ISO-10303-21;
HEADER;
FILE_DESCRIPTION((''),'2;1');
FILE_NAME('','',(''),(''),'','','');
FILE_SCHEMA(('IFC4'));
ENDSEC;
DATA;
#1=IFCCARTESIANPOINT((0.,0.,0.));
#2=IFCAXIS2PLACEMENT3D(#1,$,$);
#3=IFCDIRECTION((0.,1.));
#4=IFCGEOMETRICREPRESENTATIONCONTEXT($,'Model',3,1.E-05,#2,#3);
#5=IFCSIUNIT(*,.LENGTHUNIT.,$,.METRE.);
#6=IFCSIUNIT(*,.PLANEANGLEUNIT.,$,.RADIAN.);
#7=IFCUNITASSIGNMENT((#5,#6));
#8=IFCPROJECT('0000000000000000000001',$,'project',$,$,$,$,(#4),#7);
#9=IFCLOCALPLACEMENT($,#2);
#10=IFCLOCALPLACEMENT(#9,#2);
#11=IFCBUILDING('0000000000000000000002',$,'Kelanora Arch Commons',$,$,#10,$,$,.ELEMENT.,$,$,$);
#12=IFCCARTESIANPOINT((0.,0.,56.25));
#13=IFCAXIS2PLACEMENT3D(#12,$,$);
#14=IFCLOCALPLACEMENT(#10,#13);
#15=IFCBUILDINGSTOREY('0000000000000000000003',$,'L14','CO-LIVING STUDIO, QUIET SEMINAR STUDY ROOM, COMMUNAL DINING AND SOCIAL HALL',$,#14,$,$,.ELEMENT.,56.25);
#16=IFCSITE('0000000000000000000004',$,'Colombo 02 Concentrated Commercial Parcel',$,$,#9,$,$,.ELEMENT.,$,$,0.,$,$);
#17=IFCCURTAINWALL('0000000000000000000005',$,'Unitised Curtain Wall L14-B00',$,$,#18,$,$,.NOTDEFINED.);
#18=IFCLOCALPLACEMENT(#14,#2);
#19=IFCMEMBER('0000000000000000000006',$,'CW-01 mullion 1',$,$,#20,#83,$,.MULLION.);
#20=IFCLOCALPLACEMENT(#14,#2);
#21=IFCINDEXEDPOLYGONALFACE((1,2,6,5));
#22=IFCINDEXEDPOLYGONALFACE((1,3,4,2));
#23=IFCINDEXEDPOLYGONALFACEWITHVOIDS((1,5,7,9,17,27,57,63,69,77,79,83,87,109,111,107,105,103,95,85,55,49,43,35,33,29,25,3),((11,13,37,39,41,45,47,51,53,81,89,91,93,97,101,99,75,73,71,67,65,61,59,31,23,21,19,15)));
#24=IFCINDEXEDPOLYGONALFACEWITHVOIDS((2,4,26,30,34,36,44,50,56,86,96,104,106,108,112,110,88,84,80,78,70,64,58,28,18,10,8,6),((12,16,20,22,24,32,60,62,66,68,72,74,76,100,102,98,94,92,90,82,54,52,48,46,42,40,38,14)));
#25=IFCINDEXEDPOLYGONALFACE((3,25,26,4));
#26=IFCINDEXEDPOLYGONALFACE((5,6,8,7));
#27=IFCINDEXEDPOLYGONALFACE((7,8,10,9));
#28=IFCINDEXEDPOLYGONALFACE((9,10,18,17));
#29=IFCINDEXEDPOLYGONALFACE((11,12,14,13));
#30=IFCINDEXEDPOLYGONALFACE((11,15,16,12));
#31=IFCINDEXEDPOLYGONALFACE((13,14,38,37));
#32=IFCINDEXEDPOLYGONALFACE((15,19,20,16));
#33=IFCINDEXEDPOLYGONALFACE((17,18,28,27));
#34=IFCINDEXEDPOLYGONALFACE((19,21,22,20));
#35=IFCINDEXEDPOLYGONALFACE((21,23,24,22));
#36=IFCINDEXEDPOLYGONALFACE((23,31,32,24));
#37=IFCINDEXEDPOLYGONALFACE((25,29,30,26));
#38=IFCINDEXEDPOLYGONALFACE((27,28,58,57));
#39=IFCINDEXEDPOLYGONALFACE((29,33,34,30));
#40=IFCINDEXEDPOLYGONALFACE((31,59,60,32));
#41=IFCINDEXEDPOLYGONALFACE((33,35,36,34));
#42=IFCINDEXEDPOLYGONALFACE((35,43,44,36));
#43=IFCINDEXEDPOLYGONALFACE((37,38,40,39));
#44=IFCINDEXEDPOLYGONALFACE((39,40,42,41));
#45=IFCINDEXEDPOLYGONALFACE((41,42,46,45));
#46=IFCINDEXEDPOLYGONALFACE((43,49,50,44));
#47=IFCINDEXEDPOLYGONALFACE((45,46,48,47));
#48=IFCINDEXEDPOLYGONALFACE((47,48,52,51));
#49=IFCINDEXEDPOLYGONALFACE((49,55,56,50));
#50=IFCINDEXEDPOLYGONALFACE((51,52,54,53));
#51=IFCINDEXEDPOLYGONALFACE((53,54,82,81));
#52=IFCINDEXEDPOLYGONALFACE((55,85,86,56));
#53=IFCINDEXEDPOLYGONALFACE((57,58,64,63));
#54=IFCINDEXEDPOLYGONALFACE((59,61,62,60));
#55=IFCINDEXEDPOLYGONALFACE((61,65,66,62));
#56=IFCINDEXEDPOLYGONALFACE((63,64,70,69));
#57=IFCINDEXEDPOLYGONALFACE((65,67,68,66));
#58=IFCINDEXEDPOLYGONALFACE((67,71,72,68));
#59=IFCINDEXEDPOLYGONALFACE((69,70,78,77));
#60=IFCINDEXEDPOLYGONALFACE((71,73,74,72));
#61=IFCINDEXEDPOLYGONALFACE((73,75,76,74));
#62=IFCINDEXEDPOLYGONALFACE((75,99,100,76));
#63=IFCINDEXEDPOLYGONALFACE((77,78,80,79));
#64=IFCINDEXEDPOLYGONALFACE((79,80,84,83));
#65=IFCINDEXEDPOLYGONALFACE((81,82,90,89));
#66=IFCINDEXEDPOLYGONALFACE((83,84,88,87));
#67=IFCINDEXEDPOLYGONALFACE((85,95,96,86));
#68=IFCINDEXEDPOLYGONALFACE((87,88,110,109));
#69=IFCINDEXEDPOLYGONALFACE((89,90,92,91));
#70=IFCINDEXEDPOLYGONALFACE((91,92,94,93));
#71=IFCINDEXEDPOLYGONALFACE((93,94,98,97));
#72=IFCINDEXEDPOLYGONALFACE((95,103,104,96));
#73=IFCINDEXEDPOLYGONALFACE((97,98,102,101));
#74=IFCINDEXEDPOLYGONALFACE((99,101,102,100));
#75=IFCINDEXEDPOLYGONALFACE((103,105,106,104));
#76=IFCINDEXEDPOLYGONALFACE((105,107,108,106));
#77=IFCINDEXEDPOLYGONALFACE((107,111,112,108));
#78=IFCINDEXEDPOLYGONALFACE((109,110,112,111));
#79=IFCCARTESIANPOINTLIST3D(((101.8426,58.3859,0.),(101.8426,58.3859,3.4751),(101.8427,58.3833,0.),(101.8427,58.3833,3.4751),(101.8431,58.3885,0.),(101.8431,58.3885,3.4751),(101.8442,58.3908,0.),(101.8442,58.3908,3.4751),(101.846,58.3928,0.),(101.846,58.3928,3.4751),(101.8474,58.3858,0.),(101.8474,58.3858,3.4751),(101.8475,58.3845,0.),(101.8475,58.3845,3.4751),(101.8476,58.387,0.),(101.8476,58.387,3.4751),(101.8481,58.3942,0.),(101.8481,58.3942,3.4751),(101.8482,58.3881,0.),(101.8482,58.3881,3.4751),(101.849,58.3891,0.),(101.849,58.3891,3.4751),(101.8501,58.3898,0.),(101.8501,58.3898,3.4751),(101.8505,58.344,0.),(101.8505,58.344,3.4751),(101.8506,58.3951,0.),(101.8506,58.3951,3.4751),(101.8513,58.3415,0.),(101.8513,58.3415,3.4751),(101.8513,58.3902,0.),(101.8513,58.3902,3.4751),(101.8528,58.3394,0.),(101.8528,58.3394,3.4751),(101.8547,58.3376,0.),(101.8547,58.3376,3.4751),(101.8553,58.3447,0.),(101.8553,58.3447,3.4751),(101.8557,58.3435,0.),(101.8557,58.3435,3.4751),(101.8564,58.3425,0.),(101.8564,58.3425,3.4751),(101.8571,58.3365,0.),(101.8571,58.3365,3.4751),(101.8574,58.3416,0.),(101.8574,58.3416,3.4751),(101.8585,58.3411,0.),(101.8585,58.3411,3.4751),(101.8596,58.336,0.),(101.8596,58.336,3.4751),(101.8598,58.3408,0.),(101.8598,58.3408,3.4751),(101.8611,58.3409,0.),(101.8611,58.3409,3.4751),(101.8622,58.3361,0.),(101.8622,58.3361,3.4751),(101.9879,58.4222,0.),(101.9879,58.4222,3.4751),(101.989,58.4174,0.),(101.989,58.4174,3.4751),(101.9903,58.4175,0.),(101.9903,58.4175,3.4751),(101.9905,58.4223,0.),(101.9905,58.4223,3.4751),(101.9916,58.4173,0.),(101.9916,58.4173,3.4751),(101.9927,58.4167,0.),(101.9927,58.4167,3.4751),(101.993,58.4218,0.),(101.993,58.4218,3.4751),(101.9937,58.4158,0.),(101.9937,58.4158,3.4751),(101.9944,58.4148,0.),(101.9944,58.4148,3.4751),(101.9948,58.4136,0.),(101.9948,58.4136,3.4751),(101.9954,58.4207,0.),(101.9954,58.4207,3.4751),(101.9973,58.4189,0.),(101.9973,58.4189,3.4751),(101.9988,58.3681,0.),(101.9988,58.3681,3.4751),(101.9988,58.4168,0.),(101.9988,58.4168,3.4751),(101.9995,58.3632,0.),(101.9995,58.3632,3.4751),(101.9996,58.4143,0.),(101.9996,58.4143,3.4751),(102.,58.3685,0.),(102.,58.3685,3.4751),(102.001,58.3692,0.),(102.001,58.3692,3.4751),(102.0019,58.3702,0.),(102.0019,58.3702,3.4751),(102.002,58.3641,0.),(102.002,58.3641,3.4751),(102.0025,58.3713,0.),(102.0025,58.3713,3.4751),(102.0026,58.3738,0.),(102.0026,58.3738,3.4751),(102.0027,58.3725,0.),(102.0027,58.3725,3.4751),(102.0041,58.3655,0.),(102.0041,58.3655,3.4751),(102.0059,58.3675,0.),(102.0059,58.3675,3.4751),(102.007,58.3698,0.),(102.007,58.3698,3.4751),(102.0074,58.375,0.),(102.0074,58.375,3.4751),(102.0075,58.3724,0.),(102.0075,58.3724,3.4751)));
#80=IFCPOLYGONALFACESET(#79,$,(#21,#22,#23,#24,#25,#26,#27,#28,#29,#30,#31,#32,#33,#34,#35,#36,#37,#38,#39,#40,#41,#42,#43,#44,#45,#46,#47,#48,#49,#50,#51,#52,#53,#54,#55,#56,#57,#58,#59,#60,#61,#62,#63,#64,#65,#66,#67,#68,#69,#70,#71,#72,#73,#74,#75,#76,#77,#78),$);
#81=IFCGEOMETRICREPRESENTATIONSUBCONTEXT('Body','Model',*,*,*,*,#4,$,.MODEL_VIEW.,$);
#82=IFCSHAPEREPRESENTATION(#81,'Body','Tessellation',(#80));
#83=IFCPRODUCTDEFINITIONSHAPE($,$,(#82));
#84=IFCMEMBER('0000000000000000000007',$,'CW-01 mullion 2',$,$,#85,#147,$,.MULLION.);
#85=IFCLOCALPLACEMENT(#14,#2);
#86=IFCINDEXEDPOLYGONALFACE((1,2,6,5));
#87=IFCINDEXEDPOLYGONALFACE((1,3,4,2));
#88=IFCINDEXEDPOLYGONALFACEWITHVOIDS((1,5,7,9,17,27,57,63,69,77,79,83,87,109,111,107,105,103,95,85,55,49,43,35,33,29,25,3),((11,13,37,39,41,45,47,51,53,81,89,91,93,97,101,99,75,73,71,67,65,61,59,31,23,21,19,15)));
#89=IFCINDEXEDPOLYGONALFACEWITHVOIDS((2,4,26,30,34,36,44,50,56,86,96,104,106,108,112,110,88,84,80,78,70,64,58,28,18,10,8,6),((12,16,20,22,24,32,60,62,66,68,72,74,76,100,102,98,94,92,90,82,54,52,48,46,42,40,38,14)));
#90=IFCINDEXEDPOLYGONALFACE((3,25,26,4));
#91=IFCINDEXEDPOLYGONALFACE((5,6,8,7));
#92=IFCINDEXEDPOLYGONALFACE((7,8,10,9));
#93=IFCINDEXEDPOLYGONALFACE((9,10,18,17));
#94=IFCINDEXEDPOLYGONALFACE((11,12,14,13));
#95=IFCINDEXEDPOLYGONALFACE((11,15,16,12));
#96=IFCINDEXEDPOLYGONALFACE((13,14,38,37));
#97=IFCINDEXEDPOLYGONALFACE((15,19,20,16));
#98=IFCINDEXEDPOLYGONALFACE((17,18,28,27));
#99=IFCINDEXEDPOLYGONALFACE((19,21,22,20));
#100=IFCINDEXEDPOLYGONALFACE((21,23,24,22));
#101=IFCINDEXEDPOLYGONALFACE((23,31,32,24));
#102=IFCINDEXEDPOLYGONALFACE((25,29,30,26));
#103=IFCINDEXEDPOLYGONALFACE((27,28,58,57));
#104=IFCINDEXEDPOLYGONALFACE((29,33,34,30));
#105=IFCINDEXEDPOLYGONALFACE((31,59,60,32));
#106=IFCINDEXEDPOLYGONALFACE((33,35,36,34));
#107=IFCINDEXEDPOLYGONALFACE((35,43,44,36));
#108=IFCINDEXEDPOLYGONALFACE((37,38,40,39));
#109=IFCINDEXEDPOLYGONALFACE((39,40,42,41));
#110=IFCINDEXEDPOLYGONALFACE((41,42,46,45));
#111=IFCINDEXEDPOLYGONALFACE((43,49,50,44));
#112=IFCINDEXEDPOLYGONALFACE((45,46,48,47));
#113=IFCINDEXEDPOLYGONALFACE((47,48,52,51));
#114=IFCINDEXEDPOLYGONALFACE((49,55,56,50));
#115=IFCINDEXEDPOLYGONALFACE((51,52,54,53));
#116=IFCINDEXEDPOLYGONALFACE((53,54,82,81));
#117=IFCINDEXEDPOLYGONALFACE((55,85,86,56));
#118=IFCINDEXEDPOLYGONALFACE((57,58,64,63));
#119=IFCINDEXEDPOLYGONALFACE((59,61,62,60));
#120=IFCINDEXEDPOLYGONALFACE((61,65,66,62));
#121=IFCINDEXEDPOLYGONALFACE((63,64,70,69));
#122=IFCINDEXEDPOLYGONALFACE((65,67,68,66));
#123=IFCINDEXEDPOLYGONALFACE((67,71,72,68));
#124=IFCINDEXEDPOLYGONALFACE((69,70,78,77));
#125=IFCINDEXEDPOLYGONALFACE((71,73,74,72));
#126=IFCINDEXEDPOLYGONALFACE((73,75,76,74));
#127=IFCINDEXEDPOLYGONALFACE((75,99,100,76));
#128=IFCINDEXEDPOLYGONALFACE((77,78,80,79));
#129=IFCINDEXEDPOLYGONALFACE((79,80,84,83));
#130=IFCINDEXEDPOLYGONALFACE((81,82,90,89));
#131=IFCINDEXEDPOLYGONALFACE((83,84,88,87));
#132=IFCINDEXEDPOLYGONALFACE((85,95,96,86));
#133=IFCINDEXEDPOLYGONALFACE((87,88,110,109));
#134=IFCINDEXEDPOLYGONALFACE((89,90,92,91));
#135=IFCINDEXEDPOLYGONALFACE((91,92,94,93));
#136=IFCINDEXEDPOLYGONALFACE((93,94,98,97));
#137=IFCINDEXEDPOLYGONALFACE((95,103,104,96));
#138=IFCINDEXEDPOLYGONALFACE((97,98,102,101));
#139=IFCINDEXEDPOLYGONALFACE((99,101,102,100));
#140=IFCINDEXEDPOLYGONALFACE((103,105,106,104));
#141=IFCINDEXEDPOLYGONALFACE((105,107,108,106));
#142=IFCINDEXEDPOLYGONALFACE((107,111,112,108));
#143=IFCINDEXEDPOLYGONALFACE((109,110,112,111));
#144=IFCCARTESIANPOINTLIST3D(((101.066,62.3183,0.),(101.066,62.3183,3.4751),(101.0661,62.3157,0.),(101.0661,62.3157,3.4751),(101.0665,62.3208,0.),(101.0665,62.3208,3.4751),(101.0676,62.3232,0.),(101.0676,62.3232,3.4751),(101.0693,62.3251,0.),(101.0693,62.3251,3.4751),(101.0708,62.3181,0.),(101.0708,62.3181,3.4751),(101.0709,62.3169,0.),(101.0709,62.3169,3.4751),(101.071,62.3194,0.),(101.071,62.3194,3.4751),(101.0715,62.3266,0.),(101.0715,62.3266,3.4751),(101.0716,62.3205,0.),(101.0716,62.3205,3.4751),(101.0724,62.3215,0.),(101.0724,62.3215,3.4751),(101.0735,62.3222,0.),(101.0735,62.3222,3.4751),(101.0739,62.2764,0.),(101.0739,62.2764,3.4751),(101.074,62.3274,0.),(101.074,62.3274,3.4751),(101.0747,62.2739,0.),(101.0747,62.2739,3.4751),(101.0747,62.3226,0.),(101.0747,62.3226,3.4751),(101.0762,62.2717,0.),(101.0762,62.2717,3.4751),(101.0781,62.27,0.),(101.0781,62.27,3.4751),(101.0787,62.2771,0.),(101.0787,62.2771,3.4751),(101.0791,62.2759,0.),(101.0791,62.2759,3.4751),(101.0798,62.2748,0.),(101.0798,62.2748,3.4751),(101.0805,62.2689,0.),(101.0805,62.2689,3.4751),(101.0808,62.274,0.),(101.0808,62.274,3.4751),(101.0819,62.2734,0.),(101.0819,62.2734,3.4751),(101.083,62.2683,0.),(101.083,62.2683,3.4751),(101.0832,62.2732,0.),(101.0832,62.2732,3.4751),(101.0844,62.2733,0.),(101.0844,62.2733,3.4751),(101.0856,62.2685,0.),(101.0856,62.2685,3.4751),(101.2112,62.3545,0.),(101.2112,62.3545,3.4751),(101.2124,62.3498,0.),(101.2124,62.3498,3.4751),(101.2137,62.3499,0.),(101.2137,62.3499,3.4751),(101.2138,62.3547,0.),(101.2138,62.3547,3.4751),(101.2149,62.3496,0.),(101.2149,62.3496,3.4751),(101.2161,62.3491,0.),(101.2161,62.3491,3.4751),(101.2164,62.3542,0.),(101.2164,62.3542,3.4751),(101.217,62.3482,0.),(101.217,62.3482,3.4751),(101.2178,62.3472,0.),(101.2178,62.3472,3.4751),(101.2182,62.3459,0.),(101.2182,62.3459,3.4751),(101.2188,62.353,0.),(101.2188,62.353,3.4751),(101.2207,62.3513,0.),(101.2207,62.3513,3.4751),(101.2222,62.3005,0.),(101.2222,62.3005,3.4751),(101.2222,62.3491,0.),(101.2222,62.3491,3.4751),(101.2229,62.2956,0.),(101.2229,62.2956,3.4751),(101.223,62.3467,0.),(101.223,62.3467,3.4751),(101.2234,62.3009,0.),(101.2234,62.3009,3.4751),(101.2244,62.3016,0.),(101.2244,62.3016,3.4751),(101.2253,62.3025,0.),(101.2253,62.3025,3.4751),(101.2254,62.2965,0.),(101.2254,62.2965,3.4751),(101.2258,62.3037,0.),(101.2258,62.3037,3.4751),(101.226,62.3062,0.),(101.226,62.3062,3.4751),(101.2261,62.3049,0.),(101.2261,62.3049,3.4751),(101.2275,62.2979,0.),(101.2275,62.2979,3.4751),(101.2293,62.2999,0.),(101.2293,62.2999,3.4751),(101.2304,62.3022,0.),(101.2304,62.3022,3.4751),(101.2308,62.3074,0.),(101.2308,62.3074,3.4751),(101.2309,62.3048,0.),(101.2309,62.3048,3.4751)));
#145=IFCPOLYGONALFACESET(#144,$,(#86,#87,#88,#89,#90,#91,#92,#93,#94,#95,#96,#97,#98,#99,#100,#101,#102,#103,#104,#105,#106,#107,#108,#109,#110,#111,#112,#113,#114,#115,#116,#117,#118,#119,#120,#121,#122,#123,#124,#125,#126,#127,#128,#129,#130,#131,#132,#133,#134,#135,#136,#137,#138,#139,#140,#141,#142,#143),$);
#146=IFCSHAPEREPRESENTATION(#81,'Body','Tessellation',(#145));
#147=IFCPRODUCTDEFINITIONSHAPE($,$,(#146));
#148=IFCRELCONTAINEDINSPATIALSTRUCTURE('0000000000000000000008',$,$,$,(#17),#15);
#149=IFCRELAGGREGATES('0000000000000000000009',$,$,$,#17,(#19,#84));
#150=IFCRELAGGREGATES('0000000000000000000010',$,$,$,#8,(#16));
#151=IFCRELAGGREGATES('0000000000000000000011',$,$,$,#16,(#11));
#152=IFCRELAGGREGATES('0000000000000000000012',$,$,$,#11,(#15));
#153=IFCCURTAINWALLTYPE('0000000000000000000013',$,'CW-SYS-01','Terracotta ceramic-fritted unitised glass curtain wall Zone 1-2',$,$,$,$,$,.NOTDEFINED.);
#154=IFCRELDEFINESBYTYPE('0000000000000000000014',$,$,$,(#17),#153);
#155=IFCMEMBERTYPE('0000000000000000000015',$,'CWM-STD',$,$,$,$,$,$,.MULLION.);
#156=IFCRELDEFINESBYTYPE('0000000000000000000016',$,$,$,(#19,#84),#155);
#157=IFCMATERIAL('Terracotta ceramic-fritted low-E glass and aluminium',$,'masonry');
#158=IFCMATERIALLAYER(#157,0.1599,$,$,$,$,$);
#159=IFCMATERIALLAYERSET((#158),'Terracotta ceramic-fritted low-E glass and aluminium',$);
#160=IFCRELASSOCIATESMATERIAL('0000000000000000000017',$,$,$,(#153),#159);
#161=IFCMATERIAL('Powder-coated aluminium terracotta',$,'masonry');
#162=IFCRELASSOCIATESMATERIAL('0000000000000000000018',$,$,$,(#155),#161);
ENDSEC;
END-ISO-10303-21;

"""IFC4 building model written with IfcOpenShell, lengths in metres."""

from ifc_helpers import new_model, si_unit, direction, frame, origin, origin_2d, place, context, subcontext, project, spatial, hollow_rectangle, extrude, material, layer, layer_set, material_profile, profile_set, type_object, element, aggregate, save


model = new_model("IFC4")

# Units and contexts
model_context = context("Model", 3, precision=1e-05, world=origin(), true_north=direction((0.0, 1.0)))
body_context = subcontext(model_context, "Body", "Model", "MODEL_VIEW")
ifc_project = project(units=[si_unit("LENGTHUNIT", "METRE"), si_unit("PLANEANGLEUNIT", "RADIAN")], contexts=[model_context])

# Site, building, storey
site_placement = place(None, origin())
site = spatial("IfcSite", under=ifc_project, at=site_placement, Name="Colombo 02 Concentrated Commercial Parcel", CompositionType="ELEMENT", RefElevation=0.0)
building_placement = place(site_placement, origin())
building = spatial("IfcBuilding", under=site, at=building_placement, Name="Kelanora Arch Commons", CompositionType="ELEMENT")
storey_placement = place(building_placement, frame((0.0, 0.0, 56.25)))
storey = spatial("IfcBuildingStorey", under=building, at=storey_placement, Name="L14", Description="CO-LIVING STUDIO, QUIET SEMINAR STUDY ROOM, COMMUNAL DINING AND SOCIAL HALL", CompositionType="ELEMENT", Elevation=56.25)

# Curtain wall, members
ifc_material_1 = material(Name="Terracotta ceramic-fritted low-E glass and aluminium", Category="masonry")
ifc_layer_1 = layer(ifc_material_1, 0.1599)
ifc_layer_set_1 = layer_set([ifc_layer_1], Name="Terracotta ceramic-fritted low-E glass and aluminium")
curtain_wall_type = type_object("IfcCurtainWallType", Name="CW-SYS-01", Description="Terracotta ceramic-fritted unitised glass curtain wall Zone 1-2", PredefinedType="NOTDEFINED", material=ifc_layer_set_1)
curtain_wall_placement = place(storey_placement, origin())
curtain_wall = element("IfcCurtainWall", 1, at=curtain_wall_placement, inside=storey, type_object=curtain_wall_type, Name="Unitised Curtain Wall L14-B00", PredefinedType="NOTDEFINED")
ifc_material_2 = material(Name="Powder-coated aluminium terracotta", Category="masonry")
ifc_material_profile_1 = material_profile(ifc_material_2, hollow_rectangle(XDim=0.1599, YDim=0.0601, WallThickness=0.0049, InnerFilletRadius=0.0049, OuterFilletRadius=0.01, at=origin_2d()), Name="CWM160x60")
ifc_profile_set_1 = profile_set([ifc_material_profile_1], Name="Powder-coated aluminium terracotta")
member_type_1 = type_object("IfcMemberType", Name="CWM-STD", PredefinedType="MULLION", material=ifc_profile_set_1)
member_1_placement = place(storey_placement, frame((101.925, 58.3792, 0.0), z_axis=(0.0, 0.0, 1.0), x_axis=(-0.981052, -0.193744, 0.0)))
member_1 = element("IfcMember", 2, at=member_1_placement, type_object=member_type_1, Name="CW-01 mullion 1", PredefinedType="MULLION", context=body_context, shape_type="SweptSolid", body=[
    extrude(hollow_rectangle(XDim=0.1599, YDim=0.0601, WallThickness=0.0049, InnerFilletRadius=0.0049, OuterFilletRadius=0.01, at=origin_2d()), origin(), (0.0, 0.0, 1.0), 3.4751),
])
member_2_placement = place(storey_placement, frame((101.1484, 62.3115, 0.0), z_axis=(0.0, 0.0, 1.0), x_axis=(-0.981052, -0.193744, 0.0)))
member_2 = element("IfcMember", 3, at=member_2_placement, type_object=member_type_1, Name="CW-01 mullion 2", PredefinedType="MULLION", context=body_context, shape_type="SweptSolid", body=[
    extrude(hollow_rectangle(XDim=0.1599, YDim=0.0601, WallThickness=0.0049, InnerFilletRadius=0.0049, OuterFilletRadius=0.01, at=origin_2d()), origin(), (0.0, 0.0, 1.0), 3.4751),
])
aggregate(curtain_wall, [member_1, member_2])

save(model, "model.ifc")
